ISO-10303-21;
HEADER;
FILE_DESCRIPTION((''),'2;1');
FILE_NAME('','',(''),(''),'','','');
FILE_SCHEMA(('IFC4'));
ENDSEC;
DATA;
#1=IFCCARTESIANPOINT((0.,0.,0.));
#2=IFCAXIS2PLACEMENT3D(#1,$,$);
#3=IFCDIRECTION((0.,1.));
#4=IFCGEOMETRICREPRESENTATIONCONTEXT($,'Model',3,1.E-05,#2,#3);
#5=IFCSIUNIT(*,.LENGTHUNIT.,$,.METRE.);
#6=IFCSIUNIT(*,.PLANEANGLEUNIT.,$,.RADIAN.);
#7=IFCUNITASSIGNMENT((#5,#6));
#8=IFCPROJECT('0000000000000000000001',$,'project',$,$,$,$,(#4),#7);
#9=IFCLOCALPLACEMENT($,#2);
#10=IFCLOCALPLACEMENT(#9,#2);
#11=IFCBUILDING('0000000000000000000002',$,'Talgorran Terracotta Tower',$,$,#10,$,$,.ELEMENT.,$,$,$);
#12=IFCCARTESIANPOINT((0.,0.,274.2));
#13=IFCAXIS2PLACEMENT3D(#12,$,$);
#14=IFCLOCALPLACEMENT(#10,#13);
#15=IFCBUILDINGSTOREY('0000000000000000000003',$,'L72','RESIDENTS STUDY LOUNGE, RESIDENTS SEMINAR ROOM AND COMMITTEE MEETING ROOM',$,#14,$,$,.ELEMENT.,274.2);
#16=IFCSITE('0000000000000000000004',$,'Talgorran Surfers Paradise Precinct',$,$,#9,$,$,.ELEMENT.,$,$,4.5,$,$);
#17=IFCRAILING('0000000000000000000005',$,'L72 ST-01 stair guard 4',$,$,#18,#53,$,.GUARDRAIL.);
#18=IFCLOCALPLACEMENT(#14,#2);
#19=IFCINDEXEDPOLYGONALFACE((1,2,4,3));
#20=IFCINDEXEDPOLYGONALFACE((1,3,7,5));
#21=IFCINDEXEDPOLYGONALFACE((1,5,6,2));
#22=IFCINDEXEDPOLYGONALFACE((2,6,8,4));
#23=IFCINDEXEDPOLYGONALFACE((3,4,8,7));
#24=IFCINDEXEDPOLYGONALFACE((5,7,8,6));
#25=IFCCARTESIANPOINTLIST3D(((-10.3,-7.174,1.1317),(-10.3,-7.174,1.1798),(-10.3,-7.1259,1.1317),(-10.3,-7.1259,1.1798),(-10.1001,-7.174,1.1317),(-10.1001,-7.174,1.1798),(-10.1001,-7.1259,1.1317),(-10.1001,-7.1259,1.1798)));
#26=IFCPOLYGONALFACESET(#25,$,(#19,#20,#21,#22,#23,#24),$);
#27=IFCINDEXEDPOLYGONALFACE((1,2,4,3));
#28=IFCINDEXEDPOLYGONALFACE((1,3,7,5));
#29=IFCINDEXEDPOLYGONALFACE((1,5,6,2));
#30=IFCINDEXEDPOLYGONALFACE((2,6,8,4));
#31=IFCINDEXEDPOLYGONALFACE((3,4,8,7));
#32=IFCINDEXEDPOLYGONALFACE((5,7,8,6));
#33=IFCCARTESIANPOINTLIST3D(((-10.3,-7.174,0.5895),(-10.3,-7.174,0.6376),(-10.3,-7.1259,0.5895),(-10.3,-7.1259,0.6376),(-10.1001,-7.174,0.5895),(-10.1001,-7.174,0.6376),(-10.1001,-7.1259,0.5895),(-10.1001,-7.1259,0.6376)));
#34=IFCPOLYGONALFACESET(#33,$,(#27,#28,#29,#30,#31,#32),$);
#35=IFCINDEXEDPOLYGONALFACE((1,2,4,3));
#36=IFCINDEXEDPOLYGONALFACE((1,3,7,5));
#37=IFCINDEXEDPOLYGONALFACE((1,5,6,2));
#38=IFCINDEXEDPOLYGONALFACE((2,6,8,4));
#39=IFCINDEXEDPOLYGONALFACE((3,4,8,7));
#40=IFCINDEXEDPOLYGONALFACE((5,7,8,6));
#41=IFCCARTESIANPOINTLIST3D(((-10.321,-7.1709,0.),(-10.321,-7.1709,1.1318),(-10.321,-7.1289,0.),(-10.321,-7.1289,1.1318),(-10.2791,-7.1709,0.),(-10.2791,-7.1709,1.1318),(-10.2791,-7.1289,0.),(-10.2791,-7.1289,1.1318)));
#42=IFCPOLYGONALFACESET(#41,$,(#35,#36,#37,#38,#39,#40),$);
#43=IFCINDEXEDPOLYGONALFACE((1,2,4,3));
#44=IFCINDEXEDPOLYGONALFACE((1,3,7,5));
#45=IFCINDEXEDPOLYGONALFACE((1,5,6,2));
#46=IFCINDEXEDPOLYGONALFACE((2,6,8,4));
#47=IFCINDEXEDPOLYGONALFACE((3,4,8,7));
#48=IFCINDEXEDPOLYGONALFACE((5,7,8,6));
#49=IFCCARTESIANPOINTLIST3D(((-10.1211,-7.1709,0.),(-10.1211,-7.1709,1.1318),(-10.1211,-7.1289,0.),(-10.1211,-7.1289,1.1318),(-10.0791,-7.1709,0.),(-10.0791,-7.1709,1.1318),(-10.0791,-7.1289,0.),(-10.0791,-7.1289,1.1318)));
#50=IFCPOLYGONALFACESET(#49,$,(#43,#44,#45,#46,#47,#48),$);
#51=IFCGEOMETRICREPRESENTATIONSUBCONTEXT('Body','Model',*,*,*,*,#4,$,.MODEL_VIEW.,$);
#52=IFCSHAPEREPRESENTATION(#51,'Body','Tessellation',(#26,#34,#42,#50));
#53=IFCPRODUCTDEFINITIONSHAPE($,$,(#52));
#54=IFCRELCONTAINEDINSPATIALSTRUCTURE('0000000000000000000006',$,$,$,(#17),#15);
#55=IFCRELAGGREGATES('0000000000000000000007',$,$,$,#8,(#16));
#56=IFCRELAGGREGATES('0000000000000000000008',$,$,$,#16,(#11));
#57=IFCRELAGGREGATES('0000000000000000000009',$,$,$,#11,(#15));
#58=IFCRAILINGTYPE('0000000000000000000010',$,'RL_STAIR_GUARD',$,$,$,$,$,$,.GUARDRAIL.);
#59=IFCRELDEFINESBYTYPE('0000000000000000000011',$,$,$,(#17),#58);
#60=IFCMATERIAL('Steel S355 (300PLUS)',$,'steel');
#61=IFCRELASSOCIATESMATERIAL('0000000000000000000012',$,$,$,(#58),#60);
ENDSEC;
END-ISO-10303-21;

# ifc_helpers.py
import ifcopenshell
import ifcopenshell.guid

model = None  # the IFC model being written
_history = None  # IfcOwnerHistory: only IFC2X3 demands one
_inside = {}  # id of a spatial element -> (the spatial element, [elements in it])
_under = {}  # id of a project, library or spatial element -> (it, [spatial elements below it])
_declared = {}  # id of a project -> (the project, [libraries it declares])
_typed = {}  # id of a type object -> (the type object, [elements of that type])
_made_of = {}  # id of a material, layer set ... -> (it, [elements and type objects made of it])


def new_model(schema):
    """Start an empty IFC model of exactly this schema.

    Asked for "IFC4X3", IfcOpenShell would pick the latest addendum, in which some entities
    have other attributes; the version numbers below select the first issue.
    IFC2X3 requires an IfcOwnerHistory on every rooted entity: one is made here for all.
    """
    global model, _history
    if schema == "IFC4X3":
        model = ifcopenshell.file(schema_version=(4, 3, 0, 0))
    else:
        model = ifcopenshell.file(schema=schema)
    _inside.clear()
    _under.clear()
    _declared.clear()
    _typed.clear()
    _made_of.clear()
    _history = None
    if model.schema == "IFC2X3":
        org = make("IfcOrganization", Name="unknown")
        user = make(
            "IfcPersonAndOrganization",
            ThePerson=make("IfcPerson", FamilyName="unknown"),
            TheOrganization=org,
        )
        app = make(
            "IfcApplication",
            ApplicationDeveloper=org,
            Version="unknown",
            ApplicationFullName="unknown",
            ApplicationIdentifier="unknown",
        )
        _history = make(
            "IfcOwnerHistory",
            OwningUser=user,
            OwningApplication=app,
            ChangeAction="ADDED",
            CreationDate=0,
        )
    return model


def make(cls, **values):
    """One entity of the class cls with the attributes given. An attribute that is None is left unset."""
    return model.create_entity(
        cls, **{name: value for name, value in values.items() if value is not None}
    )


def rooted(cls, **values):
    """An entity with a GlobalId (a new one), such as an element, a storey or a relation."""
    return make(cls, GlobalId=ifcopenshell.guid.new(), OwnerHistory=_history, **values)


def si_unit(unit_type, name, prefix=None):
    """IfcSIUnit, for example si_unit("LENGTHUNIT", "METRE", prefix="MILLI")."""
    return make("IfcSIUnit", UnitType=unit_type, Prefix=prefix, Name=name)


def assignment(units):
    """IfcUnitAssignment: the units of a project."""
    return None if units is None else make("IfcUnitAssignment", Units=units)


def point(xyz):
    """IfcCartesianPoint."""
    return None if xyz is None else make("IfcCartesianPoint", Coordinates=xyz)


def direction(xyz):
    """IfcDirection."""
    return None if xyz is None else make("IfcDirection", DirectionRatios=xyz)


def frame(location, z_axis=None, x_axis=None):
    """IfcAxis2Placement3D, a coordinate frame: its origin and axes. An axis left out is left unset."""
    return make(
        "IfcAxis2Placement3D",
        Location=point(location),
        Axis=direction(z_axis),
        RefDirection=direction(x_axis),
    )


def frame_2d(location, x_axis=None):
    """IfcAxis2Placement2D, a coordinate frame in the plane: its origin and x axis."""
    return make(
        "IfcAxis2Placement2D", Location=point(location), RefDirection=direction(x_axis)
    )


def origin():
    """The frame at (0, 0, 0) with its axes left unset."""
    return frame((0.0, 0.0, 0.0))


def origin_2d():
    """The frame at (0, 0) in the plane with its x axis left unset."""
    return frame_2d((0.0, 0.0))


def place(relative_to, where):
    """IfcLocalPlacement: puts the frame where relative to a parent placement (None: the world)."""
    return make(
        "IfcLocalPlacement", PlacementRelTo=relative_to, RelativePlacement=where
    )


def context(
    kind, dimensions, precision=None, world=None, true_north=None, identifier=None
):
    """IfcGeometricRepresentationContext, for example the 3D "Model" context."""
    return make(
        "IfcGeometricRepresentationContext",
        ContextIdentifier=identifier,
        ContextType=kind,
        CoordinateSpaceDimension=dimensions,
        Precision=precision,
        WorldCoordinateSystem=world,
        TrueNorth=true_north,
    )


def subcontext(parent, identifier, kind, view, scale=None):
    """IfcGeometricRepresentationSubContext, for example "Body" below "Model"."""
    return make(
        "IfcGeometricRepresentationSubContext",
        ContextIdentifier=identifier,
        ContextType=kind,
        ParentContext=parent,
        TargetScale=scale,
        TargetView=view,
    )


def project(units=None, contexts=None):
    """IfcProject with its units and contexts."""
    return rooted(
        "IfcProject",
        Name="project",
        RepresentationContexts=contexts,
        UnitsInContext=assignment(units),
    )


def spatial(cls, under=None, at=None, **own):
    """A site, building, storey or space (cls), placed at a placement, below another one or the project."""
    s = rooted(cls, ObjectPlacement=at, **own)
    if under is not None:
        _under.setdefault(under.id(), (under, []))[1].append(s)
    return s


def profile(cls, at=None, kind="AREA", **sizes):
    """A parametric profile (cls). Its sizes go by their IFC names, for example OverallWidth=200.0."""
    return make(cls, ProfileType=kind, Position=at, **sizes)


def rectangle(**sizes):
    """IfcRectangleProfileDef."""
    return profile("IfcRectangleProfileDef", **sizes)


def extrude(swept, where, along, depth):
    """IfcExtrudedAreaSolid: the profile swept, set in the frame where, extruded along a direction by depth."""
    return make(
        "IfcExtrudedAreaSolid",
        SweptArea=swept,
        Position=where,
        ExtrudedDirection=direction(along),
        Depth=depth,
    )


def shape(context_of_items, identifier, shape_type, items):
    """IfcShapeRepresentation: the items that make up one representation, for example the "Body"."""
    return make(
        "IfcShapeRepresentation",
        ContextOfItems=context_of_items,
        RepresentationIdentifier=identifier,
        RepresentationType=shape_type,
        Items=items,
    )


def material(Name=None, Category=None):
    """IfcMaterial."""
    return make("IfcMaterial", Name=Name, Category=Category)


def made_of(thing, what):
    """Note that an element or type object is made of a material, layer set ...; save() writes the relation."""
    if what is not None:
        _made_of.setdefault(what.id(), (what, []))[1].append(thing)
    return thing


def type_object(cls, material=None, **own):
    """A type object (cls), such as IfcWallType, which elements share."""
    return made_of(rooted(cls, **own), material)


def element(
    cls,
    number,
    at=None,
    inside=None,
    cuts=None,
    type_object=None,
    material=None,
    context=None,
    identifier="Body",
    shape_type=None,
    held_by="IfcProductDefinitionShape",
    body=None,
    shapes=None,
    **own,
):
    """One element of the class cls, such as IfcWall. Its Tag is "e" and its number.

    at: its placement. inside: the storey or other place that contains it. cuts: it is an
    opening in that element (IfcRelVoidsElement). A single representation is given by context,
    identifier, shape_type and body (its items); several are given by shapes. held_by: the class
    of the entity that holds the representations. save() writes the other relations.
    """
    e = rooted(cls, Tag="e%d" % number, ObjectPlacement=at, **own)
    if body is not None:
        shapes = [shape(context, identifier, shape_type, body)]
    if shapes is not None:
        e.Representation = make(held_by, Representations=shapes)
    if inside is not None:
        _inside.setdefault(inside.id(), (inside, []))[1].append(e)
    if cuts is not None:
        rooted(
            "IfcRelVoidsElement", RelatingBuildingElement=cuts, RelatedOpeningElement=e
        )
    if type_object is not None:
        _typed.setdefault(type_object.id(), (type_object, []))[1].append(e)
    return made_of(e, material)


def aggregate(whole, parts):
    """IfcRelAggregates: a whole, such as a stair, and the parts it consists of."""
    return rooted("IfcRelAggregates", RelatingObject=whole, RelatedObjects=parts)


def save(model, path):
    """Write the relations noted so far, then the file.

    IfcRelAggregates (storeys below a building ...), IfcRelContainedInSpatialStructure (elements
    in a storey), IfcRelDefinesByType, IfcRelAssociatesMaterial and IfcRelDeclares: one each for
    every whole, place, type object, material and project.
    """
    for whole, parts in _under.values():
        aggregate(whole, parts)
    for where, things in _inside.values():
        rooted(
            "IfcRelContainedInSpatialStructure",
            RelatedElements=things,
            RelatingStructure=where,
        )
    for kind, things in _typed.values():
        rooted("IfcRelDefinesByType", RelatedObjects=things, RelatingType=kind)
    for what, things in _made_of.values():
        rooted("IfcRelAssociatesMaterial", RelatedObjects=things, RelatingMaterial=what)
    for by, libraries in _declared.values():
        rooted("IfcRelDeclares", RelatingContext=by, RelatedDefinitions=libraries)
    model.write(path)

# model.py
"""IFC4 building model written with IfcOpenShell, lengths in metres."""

from ifc_helpers import new_model, si_unit, direction, frame, origin, origin_2d, place, context, subcontext, project, spatial, rectangle, extrude, material, type_object, element, save


model = new_model("IFC4")

# Units and contexts
model_context = context("Model", 3, precision=1e-05, world=origin(), true_north=direction((0.0, 1.0)))
body_context = subcontext(model_context, "Body", "Model", "MODEL_VIEW")
ifc_project = project(units=[si_unit("LENGTHUNIT", "METRE"), si_unit("PLANEANGLEUNIT", "RADIAN")], contexts=[model_context])

# Site, building, storey
site_placement = place(None, origin())
site = spatial("IfcSite", under=ifc_project, at=site_placement, Name="Talgorran Surfers Paradise Precinct", CompositionType="ELEMENT", RefElevation=4.5)
building_placement = place(site_placement, origin())
building = spatial("IfcBuilding", under=site, at=building_placement, Name="Talgorran Terracotta Tower", CompositionType="ELEMENT")
storey_placement = place(building_placement, frame((0.0, 0.0, 274.2)))
storey = spatial("IfcBuildingStorey", under=building, at=storey_placement, Name="L72", Description="RESIDENTS STUDY LOUNGE, RESIDENTS SEMINAR ROOM AND COMMITTEE MEETING ROOM", CompositionType="ELEMENT", Elevation=274.2)

# Shared definitions
ifc_material_1 = material(Name="Steel S355 (300PLUS)", Category="steel")

# Railing
railing_type_1 = type_object("IfcRailingType", Name="RL_STAIR_GUARD", PredefinedType="GUARDRAIL", material=ifc_material_1)
railing_1_placement = place(storey_placement, frame((-10.3, -7.1499, 0.0)))
element("IfcRailing", 1, at=railing_1_placement, inside=storey, type_object=railing_type_1, Name="L72 ST-01 stair guard 4", PredefinedType="GUARDRAIL", context=body_context, shape_type="SweptSolid", body=[
    extrude(rectangle(XDim=0.0481, YDim=0.0481, at=origin_2d()), frame((0.0, 0.0, 1.1558), z_axis=(1.0, 0.0, 0.0), x_axis=(0.0, 1.0, 0.0)), (0.0, 0.0, 1.0), 0.2),
    extrude(rectangle(XDim=0.0481, YDim=0.0481, at=origin_2d()), frame((0.0, 0.0, 0.6135), z_axis=(1.0, 0.0, 0.0), x_axis=(0.0, 1.0, 0.0)), (0.0, 0.0, 1.0), 0.2),
    extrude(rectangle(XDim=0.042, YDim=0.042, at=origin_2d()), origin(), (0.0, 0.0, 1.0), 1.1318),
    extrude(rectangle(XDim=0.042, YDim=0.042, at=origin_2d()), frame((0.2, 0.0, 0.0)), (0.0, 0.0, 1.0), 1.1318),
])

save(model, "model.ifc")
